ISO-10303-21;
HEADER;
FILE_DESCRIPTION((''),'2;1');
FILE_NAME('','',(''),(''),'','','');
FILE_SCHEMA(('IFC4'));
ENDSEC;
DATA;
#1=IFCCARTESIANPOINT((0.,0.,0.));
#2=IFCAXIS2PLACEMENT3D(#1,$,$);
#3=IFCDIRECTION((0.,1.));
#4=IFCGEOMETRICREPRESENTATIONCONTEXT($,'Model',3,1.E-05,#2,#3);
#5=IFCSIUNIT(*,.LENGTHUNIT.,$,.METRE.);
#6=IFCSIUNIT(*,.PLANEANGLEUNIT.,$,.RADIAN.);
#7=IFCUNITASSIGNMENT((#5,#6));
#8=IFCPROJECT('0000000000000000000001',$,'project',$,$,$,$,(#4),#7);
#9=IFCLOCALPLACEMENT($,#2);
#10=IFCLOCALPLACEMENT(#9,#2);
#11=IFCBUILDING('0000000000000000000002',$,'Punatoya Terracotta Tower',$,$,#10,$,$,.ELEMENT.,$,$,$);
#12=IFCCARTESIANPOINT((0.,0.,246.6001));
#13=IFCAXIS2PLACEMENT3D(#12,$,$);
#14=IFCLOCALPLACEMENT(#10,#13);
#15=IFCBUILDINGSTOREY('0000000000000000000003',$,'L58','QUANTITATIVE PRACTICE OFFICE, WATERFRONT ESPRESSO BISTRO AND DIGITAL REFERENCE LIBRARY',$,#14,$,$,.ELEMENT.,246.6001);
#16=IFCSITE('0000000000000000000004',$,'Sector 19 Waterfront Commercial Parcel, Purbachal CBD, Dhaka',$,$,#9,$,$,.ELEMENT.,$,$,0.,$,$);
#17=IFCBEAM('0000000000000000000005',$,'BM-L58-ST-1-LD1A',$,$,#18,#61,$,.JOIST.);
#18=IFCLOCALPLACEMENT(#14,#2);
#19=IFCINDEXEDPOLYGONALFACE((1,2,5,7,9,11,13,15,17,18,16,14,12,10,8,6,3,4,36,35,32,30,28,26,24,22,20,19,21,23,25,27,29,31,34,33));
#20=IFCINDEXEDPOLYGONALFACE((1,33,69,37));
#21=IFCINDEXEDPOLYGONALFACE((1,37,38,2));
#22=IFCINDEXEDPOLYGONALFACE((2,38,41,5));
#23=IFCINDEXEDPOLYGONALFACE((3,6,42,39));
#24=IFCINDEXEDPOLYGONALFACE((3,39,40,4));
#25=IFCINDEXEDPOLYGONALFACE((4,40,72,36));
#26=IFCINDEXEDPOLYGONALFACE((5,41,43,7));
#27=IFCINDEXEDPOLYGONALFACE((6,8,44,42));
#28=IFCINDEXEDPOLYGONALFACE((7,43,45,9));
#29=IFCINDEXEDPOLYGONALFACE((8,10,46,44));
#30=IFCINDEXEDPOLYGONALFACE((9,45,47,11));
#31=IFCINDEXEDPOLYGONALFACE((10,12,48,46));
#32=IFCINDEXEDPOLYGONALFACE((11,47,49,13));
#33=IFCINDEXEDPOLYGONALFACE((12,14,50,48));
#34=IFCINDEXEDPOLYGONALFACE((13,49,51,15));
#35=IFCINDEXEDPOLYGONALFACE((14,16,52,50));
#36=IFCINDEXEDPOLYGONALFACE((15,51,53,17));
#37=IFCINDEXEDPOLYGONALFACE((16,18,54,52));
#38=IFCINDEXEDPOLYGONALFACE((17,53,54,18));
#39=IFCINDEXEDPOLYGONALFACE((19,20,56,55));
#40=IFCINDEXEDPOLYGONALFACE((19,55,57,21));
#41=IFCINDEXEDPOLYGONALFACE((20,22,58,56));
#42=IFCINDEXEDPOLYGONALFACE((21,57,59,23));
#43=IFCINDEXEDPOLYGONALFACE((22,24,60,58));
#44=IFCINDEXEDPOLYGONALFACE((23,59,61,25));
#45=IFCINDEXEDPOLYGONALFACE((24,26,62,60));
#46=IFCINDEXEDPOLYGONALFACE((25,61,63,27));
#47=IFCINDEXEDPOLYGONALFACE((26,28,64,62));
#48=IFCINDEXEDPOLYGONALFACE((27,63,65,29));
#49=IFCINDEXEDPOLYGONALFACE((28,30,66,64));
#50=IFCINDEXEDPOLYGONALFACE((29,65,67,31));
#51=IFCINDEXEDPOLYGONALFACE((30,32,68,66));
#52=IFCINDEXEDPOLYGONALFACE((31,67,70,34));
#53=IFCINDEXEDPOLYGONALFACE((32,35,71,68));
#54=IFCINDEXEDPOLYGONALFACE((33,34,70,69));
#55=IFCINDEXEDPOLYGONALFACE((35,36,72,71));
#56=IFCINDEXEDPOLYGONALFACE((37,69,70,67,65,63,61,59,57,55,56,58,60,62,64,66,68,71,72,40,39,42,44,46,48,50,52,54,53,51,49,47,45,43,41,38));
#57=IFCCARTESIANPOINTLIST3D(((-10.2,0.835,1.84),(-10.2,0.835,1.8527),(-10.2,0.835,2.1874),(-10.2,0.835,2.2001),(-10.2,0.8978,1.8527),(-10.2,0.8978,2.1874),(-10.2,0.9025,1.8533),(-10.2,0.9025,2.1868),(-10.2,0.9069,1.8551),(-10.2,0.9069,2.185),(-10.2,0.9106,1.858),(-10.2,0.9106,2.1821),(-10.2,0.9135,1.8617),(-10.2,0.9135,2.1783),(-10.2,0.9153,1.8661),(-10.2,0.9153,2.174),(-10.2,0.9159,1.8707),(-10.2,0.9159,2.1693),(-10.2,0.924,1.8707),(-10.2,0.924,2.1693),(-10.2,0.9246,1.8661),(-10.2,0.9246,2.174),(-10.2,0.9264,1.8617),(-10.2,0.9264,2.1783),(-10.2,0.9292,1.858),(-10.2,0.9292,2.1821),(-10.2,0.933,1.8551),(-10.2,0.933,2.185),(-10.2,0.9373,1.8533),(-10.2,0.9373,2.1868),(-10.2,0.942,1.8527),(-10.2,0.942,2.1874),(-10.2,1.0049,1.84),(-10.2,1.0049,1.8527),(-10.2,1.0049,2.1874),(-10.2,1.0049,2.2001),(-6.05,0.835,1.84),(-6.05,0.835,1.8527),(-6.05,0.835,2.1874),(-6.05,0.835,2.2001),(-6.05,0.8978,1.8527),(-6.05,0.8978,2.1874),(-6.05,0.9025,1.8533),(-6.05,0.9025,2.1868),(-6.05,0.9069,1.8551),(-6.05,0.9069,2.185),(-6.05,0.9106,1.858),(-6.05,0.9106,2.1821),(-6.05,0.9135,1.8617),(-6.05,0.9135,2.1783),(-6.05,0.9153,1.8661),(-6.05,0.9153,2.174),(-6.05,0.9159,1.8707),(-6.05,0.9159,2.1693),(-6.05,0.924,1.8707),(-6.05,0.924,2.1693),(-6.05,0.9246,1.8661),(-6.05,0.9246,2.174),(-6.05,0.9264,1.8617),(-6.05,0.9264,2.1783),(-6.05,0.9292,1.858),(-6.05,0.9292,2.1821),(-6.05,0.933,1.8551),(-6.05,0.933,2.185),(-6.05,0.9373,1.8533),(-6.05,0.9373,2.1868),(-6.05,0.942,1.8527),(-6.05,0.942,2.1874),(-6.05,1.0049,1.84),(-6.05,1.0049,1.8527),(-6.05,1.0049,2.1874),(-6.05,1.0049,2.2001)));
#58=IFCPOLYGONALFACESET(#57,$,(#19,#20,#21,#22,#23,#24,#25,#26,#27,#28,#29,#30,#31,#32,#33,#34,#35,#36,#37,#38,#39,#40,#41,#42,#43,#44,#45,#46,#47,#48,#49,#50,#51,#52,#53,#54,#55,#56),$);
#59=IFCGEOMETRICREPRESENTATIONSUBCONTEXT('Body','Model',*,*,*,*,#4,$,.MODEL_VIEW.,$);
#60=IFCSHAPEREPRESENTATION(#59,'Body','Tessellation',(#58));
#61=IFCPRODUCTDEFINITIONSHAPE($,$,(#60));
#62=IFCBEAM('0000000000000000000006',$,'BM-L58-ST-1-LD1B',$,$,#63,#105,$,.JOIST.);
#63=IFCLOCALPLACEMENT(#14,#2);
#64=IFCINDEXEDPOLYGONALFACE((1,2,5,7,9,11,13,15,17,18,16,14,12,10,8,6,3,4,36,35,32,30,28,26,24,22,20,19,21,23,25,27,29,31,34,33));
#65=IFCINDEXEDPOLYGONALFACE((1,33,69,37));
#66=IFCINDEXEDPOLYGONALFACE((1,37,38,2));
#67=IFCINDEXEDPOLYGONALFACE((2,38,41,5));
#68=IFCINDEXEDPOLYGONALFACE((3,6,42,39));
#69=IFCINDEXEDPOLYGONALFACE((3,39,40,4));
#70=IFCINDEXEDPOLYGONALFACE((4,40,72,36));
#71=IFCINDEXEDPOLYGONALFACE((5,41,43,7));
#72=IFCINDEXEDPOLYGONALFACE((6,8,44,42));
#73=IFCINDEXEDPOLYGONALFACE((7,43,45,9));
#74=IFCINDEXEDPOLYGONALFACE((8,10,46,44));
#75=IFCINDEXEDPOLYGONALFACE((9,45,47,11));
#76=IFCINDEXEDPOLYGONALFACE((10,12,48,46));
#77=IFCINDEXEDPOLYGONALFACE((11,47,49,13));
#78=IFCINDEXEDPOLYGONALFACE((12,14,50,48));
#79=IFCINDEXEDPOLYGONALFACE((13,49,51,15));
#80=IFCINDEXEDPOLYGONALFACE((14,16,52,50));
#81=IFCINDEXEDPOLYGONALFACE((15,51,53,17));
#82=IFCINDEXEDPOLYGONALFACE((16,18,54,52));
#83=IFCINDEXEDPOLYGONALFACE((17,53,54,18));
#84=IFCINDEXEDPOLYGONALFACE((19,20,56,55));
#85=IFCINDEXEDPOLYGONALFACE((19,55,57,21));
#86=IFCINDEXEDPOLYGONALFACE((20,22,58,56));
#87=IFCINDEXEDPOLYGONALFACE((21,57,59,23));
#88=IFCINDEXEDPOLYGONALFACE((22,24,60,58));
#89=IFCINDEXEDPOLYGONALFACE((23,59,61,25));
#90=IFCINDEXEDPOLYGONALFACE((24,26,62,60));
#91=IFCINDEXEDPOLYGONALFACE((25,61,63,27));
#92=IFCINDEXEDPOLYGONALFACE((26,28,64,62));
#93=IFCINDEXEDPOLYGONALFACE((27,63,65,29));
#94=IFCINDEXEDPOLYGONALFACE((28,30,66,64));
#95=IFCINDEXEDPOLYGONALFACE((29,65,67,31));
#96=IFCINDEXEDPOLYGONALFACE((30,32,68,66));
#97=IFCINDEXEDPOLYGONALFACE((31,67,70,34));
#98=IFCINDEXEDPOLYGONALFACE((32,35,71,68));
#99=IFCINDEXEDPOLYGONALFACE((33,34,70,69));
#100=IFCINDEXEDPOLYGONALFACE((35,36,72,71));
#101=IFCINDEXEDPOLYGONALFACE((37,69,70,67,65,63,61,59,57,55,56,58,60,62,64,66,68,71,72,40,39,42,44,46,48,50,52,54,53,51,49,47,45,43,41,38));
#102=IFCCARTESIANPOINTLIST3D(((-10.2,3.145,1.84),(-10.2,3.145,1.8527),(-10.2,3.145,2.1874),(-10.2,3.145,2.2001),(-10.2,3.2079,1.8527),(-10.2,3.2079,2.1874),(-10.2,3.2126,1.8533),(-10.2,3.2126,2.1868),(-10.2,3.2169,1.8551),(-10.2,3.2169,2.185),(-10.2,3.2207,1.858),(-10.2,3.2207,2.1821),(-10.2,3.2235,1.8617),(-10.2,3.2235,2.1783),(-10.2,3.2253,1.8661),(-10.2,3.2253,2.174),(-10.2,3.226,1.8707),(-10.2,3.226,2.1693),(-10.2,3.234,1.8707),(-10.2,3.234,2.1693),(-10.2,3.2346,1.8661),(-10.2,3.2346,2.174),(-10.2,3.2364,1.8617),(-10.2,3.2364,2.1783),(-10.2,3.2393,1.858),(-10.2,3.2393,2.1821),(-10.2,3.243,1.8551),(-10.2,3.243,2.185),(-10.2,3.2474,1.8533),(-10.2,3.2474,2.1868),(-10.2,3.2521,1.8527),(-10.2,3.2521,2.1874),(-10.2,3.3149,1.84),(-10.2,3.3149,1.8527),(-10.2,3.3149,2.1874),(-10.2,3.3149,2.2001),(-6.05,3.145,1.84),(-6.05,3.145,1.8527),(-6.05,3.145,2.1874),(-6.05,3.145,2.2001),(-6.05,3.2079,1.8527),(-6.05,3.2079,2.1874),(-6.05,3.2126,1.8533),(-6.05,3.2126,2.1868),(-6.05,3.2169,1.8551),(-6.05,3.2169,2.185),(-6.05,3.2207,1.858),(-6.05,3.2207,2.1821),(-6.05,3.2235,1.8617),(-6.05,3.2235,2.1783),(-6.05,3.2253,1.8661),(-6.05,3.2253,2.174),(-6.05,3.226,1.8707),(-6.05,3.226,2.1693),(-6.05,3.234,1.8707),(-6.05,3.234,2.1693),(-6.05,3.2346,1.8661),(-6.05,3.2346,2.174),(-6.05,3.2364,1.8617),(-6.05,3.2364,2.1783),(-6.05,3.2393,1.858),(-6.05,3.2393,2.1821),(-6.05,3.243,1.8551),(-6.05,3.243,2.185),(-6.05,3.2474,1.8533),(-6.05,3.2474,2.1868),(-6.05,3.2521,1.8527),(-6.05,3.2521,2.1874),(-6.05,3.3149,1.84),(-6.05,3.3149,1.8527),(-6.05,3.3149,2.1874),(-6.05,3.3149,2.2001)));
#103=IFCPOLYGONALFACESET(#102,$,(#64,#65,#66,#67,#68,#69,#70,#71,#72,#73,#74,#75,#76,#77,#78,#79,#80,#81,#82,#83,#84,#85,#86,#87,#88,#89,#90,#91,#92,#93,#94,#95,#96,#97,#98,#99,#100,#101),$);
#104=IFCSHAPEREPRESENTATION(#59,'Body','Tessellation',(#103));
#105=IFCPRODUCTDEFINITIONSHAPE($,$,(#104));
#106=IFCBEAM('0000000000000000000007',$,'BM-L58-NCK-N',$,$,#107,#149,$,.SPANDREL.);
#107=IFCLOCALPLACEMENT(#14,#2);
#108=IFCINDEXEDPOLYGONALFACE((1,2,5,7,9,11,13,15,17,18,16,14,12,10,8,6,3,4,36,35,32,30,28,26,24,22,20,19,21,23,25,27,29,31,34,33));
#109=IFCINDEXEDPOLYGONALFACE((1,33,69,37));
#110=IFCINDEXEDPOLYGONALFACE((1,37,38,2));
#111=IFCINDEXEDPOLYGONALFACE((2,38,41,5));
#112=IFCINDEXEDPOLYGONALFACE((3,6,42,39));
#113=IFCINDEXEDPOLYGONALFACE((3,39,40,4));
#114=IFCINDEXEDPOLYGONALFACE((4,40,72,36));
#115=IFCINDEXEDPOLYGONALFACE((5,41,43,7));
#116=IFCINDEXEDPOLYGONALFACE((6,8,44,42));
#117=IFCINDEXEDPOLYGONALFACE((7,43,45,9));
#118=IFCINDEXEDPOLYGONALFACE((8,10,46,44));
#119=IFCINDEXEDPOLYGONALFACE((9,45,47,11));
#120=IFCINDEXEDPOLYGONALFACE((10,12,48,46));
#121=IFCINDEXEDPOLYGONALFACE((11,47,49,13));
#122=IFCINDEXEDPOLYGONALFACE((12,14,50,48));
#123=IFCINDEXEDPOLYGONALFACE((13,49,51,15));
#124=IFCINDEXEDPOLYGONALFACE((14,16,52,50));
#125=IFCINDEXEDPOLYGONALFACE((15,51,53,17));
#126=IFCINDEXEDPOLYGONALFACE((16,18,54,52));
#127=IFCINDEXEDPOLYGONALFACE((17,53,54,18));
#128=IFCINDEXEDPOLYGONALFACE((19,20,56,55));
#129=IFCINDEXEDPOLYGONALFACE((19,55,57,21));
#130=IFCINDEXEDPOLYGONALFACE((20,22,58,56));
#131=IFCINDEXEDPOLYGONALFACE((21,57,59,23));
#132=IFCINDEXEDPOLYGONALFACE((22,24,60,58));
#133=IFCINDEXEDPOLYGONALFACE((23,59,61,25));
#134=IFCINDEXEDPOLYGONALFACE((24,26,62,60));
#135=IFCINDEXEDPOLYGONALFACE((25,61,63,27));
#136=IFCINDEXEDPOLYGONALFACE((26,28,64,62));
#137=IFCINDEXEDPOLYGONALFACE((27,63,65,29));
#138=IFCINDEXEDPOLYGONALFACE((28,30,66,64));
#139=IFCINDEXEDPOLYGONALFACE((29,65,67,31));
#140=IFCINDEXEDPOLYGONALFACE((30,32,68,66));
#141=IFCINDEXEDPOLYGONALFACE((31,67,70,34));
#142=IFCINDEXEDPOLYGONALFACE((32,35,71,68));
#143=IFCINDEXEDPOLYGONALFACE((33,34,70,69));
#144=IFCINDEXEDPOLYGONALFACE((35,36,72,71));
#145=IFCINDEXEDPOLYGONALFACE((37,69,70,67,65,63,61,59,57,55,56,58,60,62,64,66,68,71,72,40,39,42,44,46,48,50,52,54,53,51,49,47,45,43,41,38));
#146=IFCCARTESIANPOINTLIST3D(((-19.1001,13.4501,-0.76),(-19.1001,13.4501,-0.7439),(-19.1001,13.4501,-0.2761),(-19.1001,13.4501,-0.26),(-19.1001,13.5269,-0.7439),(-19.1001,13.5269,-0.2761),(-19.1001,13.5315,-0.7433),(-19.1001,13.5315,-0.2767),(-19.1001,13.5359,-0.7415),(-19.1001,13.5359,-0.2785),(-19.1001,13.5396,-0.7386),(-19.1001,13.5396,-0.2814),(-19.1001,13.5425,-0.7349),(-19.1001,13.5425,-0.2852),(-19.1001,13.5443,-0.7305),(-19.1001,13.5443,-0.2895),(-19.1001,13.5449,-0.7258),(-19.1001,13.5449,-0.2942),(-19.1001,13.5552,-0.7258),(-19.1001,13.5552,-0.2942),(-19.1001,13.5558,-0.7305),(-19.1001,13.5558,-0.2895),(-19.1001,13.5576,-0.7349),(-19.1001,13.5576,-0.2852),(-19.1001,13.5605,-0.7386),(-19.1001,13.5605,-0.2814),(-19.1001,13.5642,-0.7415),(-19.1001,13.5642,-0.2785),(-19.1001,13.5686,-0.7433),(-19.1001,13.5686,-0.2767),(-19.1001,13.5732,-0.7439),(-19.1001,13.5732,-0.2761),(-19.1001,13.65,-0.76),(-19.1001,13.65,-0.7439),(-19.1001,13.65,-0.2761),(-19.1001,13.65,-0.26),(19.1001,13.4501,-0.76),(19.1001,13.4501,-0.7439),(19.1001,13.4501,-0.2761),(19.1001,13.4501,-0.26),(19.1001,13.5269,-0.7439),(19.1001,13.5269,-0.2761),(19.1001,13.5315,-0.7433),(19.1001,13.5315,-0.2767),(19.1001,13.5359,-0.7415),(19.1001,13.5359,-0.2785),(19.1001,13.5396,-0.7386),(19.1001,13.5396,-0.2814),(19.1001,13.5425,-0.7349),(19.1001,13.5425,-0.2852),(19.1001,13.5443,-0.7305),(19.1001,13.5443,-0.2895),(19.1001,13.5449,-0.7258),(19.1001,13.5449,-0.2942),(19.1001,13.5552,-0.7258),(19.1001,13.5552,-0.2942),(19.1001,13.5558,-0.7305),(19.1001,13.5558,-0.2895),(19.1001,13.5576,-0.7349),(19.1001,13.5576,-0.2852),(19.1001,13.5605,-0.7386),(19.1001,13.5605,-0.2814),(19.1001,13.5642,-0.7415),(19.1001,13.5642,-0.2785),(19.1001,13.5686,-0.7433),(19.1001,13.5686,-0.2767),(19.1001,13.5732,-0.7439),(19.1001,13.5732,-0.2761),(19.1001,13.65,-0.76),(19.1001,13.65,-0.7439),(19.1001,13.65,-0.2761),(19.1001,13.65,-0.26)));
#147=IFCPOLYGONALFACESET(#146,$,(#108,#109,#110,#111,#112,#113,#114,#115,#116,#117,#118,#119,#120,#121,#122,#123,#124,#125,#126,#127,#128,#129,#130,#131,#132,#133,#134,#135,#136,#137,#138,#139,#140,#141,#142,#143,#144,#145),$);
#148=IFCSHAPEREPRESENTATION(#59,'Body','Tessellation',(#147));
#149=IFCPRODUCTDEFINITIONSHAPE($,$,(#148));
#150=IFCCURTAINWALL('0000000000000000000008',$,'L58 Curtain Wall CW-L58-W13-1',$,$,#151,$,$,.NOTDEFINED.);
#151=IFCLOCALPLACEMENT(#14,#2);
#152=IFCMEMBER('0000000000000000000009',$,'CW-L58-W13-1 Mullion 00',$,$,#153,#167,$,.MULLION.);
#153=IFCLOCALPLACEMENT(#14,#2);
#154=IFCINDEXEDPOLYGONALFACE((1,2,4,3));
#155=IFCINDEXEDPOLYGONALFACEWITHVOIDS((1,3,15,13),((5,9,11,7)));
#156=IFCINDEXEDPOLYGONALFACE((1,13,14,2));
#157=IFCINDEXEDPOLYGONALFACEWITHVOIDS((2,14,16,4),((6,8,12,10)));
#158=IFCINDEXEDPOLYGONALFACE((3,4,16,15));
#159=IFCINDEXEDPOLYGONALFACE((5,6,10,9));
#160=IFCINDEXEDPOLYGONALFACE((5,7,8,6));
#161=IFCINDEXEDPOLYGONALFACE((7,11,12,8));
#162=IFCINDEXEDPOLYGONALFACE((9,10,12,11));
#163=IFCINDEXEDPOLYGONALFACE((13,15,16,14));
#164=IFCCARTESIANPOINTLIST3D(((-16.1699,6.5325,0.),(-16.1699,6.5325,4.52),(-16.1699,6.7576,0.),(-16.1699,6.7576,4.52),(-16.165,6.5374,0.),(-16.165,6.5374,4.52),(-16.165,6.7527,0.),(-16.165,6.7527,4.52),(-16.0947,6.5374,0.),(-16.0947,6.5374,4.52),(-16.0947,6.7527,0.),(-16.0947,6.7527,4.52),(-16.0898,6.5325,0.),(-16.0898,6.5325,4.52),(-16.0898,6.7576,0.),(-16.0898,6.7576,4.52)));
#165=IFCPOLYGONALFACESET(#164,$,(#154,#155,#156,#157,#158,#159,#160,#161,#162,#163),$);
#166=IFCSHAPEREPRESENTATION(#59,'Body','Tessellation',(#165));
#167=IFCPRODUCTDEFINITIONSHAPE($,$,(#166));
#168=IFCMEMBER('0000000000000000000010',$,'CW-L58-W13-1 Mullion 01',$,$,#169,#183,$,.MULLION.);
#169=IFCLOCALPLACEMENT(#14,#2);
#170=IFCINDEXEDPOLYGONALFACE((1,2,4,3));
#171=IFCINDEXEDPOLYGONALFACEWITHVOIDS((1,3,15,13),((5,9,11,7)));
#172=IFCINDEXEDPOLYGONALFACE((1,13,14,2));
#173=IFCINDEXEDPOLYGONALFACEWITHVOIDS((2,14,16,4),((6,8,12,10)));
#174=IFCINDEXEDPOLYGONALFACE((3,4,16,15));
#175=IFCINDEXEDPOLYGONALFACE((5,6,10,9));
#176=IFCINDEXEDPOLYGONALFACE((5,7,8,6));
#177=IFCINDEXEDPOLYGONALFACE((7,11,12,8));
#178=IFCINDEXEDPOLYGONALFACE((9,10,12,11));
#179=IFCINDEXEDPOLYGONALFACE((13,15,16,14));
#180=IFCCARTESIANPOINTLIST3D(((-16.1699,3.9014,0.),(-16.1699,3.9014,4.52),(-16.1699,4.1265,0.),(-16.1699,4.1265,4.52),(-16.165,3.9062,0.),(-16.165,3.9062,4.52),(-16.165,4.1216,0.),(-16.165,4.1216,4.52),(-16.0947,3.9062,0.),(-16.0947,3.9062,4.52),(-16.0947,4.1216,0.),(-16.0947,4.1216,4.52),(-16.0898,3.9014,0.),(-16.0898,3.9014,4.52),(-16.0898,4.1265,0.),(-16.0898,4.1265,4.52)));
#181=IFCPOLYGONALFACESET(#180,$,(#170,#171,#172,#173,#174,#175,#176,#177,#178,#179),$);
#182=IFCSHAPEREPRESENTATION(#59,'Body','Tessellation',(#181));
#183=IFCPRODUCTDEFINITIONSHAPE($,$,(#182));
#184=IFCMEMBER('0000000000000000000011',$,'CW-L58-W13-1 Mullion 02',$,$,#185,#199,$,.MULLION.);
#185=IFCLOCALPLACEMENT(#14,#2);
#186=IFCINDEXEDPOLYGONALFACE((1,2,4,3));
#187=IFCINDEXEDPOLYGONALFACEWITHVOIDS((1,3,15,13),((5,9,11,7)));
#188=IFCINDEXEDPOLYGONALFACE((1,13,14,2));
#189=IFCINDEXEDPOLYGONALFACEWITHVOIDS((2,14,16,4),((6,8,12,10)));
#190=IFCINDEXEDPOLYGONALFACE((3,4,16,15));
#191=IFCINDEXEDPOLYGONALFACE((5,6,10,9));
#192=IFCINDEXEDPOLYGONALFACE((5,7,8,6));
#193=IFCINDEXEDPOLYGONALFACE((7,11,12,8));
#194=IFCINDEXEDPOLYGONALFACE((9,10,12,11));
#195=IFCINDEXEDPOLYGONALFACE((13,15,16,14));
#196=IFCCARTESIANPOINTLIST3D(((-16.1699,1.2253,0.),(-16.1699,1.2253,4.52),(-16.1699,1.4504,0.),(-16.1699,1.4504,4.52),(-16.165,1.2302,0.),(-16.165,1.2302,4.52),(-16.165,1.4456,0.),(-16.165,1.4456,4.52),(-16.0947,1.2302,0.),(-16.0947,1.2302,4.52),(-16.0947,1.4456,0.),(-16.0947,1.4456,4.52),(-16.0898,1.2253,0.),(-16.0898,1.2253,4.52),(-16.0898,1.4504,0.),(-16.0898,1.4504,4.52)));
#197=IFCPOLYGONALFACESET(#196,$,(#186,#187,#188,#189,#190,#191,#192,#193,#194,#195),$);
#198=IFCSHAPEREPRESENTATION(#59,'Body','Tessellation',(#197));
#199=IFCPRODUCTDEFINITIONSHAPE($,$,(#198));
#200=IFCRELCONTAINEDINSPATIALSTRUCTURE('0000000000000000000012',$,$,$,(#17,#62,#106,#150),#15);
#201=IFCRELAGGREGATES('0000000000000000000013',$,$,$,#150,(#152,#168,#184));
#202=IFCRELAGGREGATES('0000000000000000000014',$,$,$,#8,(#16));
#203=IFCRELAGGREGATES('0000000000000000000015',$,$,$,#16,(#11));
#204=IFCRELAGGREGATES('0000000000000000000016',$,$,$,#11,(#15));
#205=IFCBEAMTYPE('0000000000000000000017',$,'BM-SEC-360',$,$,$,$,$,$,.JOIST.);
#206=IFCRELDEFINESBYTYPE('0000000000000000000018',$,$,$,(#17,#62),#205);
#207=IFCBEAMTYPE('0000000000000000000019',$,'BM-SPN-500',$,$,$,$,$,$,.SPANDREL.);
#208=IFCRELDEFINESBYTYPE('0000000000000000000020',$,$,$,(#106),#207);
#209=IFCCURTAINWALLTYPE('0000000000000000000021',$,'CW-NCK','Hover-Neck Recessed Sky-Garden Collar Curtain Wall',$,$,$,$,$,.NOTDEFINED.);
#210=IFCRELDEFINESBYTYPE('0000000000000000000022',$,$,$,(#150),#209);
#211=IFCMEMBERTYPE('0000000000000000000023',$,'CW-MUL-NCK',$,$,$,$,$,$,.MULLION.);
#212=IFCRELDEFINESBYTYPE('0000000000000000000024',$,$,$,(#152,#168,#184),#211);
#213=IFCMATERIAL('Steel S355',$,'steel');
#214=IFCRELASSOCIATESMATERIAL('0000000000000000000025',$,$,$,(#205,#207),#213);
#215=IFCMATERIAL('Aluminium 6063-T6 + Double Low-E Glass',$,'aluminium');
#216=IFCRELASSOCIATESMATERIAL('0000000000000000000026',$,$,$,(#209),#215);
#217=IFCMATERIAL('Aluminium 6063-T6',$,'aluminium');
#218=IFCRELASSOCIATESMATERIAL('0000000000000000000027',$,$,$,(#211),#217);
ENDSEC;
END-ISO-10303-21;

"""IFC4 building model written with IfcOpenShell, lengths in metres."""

from ifc_helpers import new_model, si_unit, direction, frame, origin, origin_2d, place, context, subcontext, project, spatial, hollow_rectangle, i_section, extrude, material, material_profile, profile_set, type_object, element, aggregate, save


model = new_model("IFC4")

# Units and contexts
model_context = context("Model", 3, precision=1e-05, world=origin(), true_north=direction((0.0, 1.0)))
body_context = subcontext(model_context, "Body", "Model", "MODEL_VIEW")
ifc_project = project(units=[si_unit("LENGTHUNIT", "METRE"), si_unit("PLANEANGLEUNIT", "RADIAN")], contexts=[model_context])

# Site, building, storey
site_placement = place(None, origin())
site = spatial("IfcSite", under=ifc_project, at=site_placement, Name="Sector 19 Waterfront Commercial Parcel, Purbachal CBD, Dhaka", CompositionType="ELEMENT", RefElevation=0.0)
building_placement = place(site_placement, origin())
building = spatial("IfcBuilding", under=site, at=building_placement, Name="Punatoya Terracotta Tower", CompositionType="ELEMENT")
storey_placement = place(building_placement, frame((0.0, 0.0, 246.6001)))
storey = spatial("IfcBuildingStorey", under=building, at=storey_placement, Name="L58", Description="QUANTITATIVE PRACTICE OFFICE, WATERFRONT ESPRESSO BISTRO AND DIGITAL REFERENCE LIBRARY", CompositionType="ELEMENT", Elevation=246.6001)

# Beams
ifc_material_1 = material(Name="Steel S355", Category="steel")
ifc_material_profile_1 = material_profile(ifc_material_1, i_section(OverallWidth=0.1699, OverallDepth=0.3601, WebThickness=0.0081, FlangeThickness=0.0127, FilletRadius=0.0181, at=origin_2d()))
ifc_profile_set_1 = profile_set([ifc_material_profile_1], Name="Steel S355")
beam_type_1 = type_object("IfcBeamType", Name="BM-SEC-360", PredefinedType="JOIST", material=ifc_profile_set_1)
for number, where, z_axis, x_axis, name in (
    (1, (-10.2, 0.9199, 2.02), (1.0, 0.0, 0.0), (0.0, 1.0, 0.0), "BM-L58-ST-1-LD1A"),
    (2, (-10.2, 3.23, 2.02), (1.0, 0.0, 0.0), (0.0, 1.0, 0.0), "BM-L58-ST-1-LD1B"),
):
    element("IfcBeam", number, at=place(storey_placement, frame(where, z_axis=z_axis, x_axis=x_axis)), inside=storey, type_object=beam_type_1, Name=name, PredefinedType="JOIST", context=body_context, shape_type="SweptSolid", body=[
        extrude(i_section(OverallWidth=0.1699, OverallDepth=0.3601, WebThickness=0.0081, FlangeThickness=0.0127, FilletRadius=0.0181, at=origin_2d()), origin(), (0.0, 0.0, 1.0), 4.1499),
    ])
ifc_material_profile_2 = material_profile(ifc_material_1, i_section(OverallWidth=0.2, OverallDepth=0.5, WebThickness=0.0103, FlangeThickness=0.0161, FilletRadius=0.0181, at=origin_2d()))
ifc_profile_set_2 = profile_set([ifc_material_profile_2], Name="Steel S355")
beam_type_2 = type_object("IfcBeamType", Name="BM-SPN-500", PredefinedType="SPANDREL", material=ifc_profile_set_2)
beam_1_placement = place(storey_placement, frame((-19.1001, 13.55, -0.51), z_axis=(1.0, 0.0, 0.0), x_axis=(0.0, 1.0, 0.0)))
element("IfcBeam", 3, at=beam_1_placement, inside=storey, type_object=beam_type_2, Name="BM-L58-NCK-N", PredefinedType="SPANDREL", context=body_context, shape_type="SweptSolid", body=[
    extrude(i_section(OverallWidth=0.2, OverallDepth=0.5, WebThickness=0.0103, FlangeThickness=0.0161, FilletRadius=0.0181, at=origin_2d()), origin(), (0.0, 0.0, 1.0), 38.2002),
])

# Curtain wall, members
ifc_material_2 = material(Name="Aluminium 6063-T6 + Double Low-E Glass", Category="aluminium")
curtain_wall_type = type_object("IfcCurtainWallType", Name="CW-NCK", Description="Hover-Neck Recessed Sky-Garden Collar Curtain Wall", PredefinedType="NOTDEFINED", material=ifc_material_2)
curtain_wall_placement = place(storey_placement, origin())
curtain_wall = element("IfcCurtainWall", 4, at=curtain_wall_placement, inside=storey, type_object=curtain_wall_type, Name="L58 Curtain Wall CW-L58-W13-1", PredefinedType="NOTDEFINED")
ifc_material_3 = material(Name="Aluminium 6063-T6", Category="aluminium")
ifc_material_profile_3 = material_profile(ifc_material_3, hollow_rectangle(XDim=0.0801, YDim=0.2251, WallThickness=0.0049, at=origin_2d()))
ifc_profile_set_3 = profile_set([ifc_material_profile_3], Name="Aluminium 6063-T6")
member_type_1 = type_object("IfcMemberType", Name="CW-MUL-NCK", PredefinedType="MULLION", material=ifc_profile_set_3)
member_1_placement = place(storey_placement, frame((-16.1299, 6.645, 0.0), z_axis=(0.0, 0.0, 1.0), x_axis=(1.0, 0.0, 0.0)))
member_1 = element("IfcMember", 5, at=member_1_placement, type_object=member_type_1, Name="CW-L58-W13-1 Mullion 00", PredefinedType="MULLION", context=body_context, shape_type="SweptSolid", body=[
    extrude(hollow_rectangle(XDim=0.0801, YDim=0.2251, WallThickness=0.0049, at=origin_2d()), origin(), (0.0, 0.0, 1.0), 4.52),
])
member_2_placement = place(storey_placement, frame((-16.1299, 4.0139, 0.0), z_axis=(0.0, 0.0, 1.0), x_axis=(1.0, 0.0, 0.0)))
member_2 = element("IfcMember", 6, at=member_2_placement, type_object=member_type_1, Name="CW-L58-W13-1 Mullion 01", PredefinedType="MULLION", context=body_context, shape_type="SweptSolid", body=[
    extrude(hollow_rectangle(XDim=0.0801, YDim=0.2251, WallThickness=0.0049, at=origin_2d()), origin(), (0.0, 0.0, 1.0), 4.52),
])
member_3_placement = place(storey_placement, frame((-16.1299, 1.3379, 0.0), z_axis=(0.0, 0.0, 1.0), x_axis=(1.0, 0.0, 0.0)))
member_3 = element("IfcMember", 7, at=member_3_placement, type_object=member_type_1, Name="CW-L58-W13-1 Mullion 02", PredefinedType="MULLION", context=body_context, shape_type="SweptSolid", body=[
    extrude(hollow_rectangle(XDim=0.0801, YDim=0.2251, WallThickness=0.0049, at=origin_2d()), origin(), (0.0, 0.0, 1.0), 4.52),
])

aggregate(curtain_wall, [member_1, member_2, member_3])

save(model, "model.ifc")
